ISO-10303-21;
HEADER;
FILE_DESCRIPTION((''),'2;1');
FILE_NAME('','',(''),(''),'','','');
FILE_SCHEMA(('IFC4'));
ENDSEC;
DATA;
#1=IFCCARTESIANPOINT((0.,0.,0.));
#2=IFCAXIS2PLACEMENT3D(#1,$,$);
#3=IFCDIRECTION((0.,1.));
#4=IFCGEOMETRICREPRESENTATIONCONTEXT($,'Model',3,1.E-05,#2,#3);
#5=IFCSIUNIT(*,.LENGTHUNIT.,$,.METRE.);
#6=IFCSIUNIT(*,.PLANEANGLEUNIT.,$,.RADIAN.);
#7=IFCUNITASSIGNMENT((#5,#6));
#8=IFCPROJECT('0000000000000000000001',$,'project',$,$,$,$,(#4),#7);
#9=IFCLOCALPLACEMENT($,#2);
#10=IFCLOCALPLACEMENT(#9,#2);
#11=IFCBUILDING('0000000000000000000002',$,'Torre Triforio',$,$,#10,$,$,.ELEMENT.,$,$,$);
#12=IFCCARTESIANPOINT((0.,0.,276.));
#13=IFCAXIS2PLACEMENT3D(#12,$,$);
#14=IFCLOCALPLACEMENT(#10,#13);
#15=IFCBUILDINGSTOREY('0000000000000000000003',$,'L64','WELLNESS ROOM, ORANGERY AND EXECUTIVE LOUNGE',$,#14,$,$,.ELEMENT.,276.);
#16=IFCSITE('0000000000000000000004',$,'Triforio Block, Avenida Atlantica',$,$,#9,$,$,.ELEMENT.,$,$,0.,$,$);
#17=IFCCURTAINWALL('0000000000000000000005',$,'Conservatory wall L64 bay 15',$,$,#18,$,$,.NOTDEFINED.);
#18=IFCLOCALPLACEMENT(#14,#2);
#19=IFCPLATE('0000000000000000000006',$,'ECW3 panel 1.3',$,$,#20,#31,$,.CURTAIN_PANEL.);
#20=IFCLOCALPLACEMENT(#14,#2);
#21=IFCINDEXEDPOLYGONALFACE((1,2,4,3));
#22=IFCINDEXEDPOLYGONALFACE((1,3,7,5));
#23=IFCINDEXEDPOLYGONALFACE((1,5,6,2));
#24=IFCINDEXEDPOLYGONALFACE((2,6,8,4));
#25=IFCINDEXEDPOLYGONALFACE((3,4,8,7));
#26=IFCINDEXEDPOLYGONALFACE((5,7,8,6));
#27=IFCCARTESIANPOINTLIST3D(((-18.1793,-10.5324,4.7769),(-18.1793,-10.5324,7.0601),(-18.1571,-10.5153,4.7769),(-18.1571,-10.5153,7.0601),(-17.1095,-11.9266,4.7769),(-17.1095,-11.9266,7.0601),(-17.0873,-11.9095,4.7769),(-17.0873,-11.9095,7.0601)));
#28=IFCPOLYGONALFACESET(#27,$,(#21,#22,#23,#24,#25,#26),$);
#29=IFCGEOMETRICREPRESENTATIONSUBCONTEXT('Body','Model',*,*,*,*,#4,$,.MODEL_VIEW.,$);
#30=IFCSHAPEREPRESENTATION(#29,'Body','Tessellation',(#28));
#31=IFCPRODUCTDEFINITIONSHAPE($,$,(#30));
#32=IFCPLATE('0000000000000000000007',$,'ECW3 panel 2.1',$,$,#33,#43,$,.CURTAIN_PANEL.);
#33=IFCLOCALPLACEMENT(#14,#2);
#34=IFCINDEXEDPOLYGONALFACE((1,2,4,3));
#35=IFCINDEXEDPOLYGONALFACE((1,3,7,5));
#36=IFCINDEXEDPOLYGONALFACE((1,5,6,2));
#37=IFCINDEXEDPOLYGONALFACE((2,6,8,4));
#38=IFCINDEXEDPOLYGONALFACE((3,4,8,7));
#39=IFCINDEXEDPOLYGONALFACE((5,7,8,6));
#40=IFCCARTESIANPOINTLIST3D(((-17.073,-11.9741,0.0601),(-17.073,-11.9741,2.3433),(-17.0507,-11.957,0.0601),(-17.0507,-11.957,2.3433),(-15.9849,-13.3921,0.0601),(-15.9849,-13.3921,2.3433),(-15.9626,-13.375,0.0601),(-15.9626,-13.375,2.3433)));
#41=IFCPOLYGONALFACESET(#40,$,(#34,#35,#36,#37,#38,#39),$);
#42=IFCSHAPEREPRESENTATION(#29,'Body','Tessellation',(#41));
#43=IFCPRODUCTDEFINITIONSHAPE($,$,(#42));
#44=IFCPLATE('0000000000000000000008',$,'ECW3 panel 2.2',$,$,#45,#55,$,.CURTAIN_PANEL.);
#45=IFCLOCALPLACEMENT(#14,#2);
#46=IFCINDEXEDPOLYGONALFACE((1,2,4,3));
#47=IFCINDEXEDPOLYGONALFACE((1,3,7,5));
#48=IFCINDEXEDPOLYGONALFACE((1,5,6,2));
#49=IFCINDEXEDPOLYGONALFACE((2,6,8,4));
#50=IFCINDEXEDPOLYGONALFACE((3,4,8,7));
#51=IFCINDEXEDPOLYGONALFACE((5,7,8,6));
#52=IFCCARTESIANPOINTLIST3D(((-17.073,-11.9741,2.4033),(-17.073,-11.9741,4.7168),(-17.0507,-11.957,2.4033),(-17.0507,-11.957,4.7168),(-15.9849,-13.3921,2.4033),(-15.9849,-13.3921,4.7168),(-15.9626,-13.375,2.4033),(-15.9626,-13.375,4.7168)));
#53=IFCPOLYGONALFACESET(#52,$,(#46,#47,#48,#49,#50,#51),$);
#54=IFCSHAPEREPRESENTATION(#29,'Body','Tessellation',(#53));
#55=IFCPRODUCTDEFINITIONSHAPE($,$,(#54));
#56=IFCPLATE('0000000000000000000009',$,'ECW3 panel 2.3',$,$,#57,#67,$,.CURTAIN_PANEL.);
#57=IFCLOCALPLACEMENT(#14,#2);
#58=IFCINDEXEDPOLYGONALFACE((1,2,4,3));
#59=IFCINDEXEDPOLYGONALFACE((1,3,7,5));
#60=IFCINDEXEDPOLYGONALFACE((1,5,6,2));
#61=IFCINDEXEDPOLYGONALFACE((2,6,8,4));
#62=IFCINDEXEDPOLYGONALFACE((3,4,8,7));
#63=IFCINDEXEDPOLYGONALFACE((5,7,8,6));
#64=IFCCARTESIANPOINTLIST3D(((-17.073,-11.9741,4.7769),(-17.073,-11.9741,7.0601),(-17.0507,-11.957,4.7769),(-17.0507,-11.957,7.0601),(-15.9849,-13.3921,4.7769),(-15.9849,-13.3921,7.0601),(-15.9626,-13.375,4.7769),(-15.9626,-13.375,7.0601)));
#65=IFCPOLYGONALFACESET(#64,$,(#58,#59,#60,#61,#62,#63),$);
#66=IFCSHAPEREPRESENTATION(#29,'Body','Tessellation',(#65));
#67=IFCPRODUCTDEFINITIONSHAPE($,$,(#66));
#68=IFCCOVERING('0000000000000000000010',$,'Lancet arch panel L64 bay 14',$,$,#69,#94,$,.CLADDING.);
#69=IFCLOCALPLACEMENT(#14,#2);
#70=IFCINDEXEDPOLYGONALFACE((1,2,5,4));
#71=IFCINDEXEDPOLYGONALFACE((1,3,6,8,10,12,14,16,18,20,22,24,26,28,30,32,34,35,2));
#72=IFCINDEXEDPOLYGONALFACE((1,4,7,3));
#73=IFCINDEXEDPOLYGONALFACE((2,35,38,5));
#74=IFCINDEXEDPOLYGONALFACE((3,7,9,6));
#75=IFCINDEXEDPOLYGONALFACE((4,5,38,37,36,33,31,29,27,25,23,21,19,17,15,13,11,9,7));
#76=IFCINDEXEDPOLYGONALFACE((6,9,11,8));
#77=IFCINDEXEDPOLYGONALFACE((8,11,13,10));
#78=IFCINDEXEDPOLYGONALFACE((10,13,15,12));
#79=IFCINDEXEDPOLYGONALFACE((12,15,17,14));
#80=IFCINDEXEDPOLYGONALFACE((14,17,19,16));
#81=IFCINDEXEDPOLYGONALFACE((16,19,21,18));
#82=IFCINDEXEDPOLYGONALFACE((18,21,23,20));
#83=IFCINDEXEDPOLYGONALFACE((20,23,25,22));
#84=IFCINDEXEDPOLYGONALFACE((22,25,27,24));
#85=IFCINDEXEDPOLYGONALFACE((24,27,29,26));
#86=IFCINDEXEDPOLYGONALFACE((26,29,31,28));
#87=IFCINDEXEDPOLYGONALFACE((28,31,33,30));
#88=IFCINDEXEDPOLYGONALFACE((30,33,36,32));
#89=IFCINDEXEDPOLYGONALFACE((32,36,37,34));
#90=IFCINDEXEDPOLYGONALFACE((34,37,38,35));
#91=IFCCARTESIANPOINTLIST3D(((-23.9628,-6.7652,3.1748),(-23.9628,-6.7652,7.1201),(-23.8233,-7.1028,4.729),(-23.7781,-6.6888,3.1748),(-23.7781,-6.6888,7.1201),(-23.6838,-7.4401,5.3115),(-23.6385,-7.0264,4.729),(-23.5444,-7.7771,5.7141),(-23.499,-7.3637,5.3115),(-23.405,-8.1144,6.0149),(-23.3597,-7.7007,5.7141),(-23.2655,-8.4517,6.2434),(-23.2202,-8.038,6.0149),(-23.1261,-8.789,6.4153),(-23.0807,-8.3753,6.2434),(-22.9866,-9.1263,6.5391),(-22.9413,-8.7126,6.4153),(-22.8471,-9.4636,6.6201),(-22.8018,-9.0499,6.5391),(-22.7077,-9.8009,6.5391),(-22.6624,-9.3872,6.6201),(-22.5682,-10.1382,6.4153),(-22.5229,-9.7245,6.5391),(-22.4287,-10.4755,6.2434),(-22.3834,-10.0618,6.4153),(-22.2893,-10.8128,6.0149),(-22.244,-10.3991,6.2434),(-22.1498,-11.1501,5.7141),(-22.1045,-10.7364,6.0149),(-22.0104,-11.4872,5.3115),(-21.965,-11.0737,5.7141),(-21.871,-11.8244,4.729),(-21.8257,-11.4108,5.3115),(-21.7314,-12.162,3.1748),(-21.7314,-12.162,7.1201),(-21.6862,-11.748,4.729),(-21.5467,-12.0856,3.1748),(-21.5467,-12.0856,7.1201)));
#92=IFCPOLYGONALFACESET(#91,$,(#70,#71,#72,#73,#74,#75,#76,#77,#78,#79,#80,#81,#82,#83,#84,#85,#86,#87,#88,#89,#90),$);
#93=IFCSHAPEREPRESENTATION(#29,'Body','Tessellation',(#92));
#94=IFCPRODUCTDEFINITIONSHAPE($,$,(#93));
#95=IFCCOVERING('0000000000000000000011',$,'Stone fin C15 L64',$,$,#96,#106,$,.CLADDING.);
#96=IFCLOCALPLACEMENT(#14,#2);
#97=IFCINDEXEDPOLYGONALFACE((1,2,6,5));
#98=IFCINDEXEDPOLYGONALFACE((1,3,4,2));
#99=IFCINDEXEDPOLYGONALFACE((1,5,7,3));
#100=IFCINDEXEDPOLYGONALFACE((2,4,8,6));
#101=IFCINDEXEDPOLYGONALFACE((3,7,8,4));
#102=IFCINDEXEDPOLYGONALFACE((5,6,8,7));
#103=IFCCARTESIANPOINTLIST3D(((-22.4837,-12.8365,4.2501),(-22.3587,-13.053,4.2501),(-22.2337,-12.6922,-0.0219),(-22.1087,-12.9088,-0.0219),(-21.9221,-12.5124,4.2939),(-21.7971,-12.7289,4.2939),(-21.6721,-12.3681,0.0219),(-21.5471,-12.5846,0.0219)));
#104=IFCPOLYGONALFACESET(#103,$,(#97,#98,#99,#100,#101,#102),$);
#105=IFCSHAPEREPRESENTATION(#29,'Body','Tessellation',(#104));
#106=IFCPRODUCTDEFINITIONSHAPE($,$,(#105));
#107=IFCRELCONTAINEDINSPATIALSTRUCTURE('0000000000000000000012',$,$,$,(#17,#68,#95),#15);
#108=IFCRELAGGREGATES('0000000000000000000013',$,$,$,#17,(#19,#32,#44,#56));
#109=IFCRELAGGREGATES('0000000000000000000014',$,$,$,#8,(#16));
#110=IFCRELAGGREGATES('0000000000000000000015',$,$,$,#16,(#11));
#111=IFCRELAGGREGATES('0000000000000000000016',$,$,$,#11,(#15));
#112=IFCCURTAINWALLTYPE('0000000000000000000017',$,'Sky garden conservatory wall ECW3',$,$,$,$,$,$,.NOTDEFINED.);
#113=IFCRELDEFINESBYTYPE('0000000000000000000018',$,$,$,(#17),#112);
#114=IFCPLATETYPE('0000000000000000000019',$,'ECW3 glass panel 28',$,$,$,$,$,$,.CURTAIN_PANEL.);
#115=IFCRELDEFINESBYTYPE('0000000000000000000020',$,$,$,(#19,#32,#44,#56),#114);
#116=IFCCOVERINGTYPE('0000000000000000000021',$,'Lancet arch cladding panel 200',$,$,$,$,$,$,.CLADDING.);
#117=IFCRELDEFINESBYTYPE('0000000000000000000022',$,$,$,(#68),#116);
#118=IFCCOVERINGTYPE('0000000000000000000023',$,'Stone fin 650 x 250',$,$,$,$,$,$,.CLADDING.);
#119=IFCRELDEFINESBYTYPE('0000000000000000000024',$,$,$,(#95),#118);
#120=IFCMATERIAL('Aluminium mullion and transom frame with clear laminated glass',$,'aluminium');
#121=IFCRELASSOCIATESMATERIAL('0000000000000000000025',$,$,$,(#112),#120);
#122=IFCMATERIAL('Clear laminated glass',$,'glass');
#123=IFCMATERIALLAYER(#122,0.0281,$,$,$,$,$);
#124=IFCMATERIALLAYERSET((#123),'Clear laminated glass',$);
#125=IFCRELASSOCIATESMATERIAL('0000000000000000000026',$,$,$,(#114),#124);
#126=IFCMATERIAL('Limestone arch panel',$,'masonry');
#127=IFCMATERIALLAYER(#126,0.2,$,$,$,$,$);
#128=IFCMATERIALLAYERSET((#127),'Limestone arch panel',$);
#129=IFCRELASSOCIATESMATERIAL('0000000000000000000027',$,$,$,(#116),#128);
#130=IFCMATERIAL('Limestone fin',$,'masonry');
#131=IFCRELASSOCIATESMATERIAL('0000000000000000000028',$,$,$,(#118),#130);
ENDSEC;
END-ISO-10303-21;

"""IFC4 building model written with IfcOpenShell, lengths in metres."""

from ifc_helpers import new_model, si_unit, direction, frame, origin, origin_2d, place, context, subcontext, project, spatial, polyline, rectangle, outline, extrude, material, layer, layer_set, material_profile, profile_set, type_object, element, aggregate, save


model = new_model("IFC4")

# Units and contexts
model_context = context("Model", 3, precision=1e-05, world=origin(), true_north=direction((0.0, 1.0)))
body_context = subcontext(model_context, "Body", "Model", "MODEL_VIEW")
ifc_project = project(units=[si_unit("LENGTHUNIT", "METRE"), si_unit("PLANEANGLEUNIT", "RADIAN")], contexts=[model_context])

# Site, building, storey
site_placement = place(None, origin())
site = spatial("IfcSite", under=ifc_project, at=site_placement, Name="Triforio Block, Avenida Atlantica", CompositionType="ELEMENT", RefElevation=0.0)
building_placement = place(site_placement, origin())
building = spatial("IfcBuilding", under=site, at=building_placement, Name="Torre Triforio", CompositionType="ELEMENT")
storey_placement = place(building_placement, frame((0.0, 0.0, 276.0)))
storey = spatial("IfcBuildingStorey", under=building, at=storey_placement, Name="L64", Description="WELLNESS ROOM, ORANGERY AND EXECUTIVE LOUNGE", CompositionType="ELEMENT", Elevation=276.0)

# Curtain wall
ifc_material_1 = material(Name="Aluminium mullion and transom frame with clear laminated glass", Category="aluminium")
curtain_wall_type = type_object("IfcCurtainWallType", Name="Sky garden conservatory wall ECW3", PredefinedType="NOTDEFINED", material=ifc_material_1)
curtain_wall_placement = place(storey_placement, origin())
curtain_wall = element("IfcCurtainWall", 1, at=curtain_wall_placement, inside=storey, type_object=curtain_wall_type, Name="Conservatory wall L64 bay 15", PredefinedType="NOTDEFINED")

# Plates
ifc_material_2 = material(Name="Clear laminated glass", Category="glass")
ifc_layer_1 = layer(ifc_material_2, 0.0281)
ifc_layer_set_1 = layer_set([ifc_layer_1], Name="Clear laminated glass")
plate_type = type_object("IfcPlateType", Name="ECW3 glass panel 28", PredefinedType="CURTAIN_PANEL", material=ifc_layer_set_1)
plate_1_placement = place(storey_placement, frame((-17.6333, -11.2209, 4.7769), z_axis=(0.0, 0.0, 1.0), x_axis=(0.608763, -0.793352, 0.0)))
plate_1 = element("IfcPlate", 2, at=plate_1_placement, type_object=plate_type, Name="ECW3 panel 1.3", PredefinedType="CURTAIN_PANEL", context=body_context, shape_type="SweptSolid", body=[
    extrude(rectangle(XDim=1.7573, YDim=0.0281, at=origin_2d()), origin(), (0.0, 0.0, 1.0), 2.2832),
])
plate_2_placement = place(storey_placement, frame((-16.5178, -12.6746, 0.0601), z_axis=(0.0, 0.0, 1.0), x_axis=(0.608763, -0.793352, 0.0)))
plate_2 = element("IfcPlate", 3, at=plate_2_placement, type_object=plate_type, Name="ECW3 panel 2.1", PredefinedType="CURTAIN_PANEL", context=body_context, shape_type="SweptSolid", body=[
    extrude(rectangle(XDim=1.7874, YDim=0.0281, at=origin_2d()), origin(), (0.0, 0.0, 1.0), 2.2832),
])
plate_3_placement = place(storey_placement, frame((-16.5178, -12.6746, 2.4033), z_axis=(0.0, 0.0, 1.0), x_axis=(0.608763, -0.793352, 0.0)))
plate_3 = element("IfcPlate", 4, at=plate_3_placement, type_object=plate_type, Name="ECW3 panel 2.2", PredefinedType="CURTAIN_PANEL", context=body_context, shape_type="SweptSolid", body=[
    extrude(rectangle(XDim=1.7874, YDim=0.0281, at=origin_2d()), origin(), (0.0, 0.0, 1.0), 2.3135),
])
plate_4_placement = place(storey_placement, frame((-16.5178, -12.6746, 4.7769), z_axis=(0.0, 0.0, 1.0), x_axis=(0.608763, -0.793352, 0.0)))
plate_4 = element("IfcPlate", 5, at=plate_4_placement, type_object=plate_type, Name="ECW3 panel 2.3", PredefinedType="CURTAIN_PANEL", context=body_context, shape_type="SweptSolid", body=[
    extrude(rectangle(XDim=1.7874, YDim=0.0281, at=origin_2d()), origin(), (0.0, 0.0, 1.0), 2.2832),
])
aggregate(curtain_wall, [plate_1, plate_2, plate_3, plate_4])

# Coverings
ifc_material_3 = material(Name="Limestone arch panel", Category="masonry")
ifc_layer_2 = layer(ifc_material_3, 0.2)
ifc_layer_set_2 = layer_set([ifc_layer_2], Name="Limestone arch panel")
covering_type_1 = type_object("IfcCoveringType", Name="Lancet arch cladding panel 200", PredefinedType="CLADDING", material=ifc_layer_set_2)
covering_1_placement = place(storey_placement, frame((-22.6624, -9.3872, 0.0), z_axis=(-0.924121, -0.3821, 0.0), x_axis=(0.3821, -0.924121, 0.0)))
element("IfcCovering", 6, at=covering_1_placement, inside=storey, type_object=covering_type_1, Name="Lancet arch panel L64 bay 14", PredefinedType="CLADDING", context=body_context, shape_type="SweptSolid", body=[
    extrude(outline(polyline([(-2.9199, 7.1201), (-2.9199, 3.1748), (-2.5547, 4.729), (-2.1897, 5.3115), (-1.825, 5.7141), (-1.46, 6.0149), (-1.095, 6.2434), (-0.73, 6.4153), (-0.365, 6.5391), (0.0, 6.6201), (0.365, 6.5391), (0.73, 6.4153), (1.095, 6.2434), (1.46, 6.0149), (1.825, 5.7141), (2.1897, 5.3115), (2.5547, 4.729), (2.9199, 3.1748), (2.9199, 7.1201), (-2.9199, 7.1201)])), origin(), (0.0, 0.0, 1.0), 0.2),
])
ifc_material_4 = material(Name="Limestone fin", Category="masonry")
ifc_material_profile_1 = material_profile(ifc_material_4, rectangle(XDim=0.6499, YDim=0.25, at=origin_2d()), Name="FIN 650x250")
ifc_profile_set_1 = profile_set([ifc_material_profile_1], Name="Limestone fin")
covering_type_2 = type_object("IfcCoveringType", Name="Stone fin 650 x 250", PredefinedType="CLADDING", material=ifc_profile_set_1)
covering_2_placement = place(storey_placement, frame((-21.8904, -12.6384, 0.0), z_axis=(-0.058388, -0.033698, 0.997725), x_axis=(0.864131, 0.498732, 0.067415)))
element("IfcCovering", 7, at=covering_2_placement, inside=storey, type_object=covering_type_2, Name="Stone fin C15 L64", PredefinedType="CLADDING", context=body_context, shape_type="SweptSolid", body=[
    extrude(rectangle(XDim=0.6499, YDim=0.25, at=origin_2d()), origin(), (0.0, 0.0, 1.0), 4.2817),
])

save(model, "model.ifc")
